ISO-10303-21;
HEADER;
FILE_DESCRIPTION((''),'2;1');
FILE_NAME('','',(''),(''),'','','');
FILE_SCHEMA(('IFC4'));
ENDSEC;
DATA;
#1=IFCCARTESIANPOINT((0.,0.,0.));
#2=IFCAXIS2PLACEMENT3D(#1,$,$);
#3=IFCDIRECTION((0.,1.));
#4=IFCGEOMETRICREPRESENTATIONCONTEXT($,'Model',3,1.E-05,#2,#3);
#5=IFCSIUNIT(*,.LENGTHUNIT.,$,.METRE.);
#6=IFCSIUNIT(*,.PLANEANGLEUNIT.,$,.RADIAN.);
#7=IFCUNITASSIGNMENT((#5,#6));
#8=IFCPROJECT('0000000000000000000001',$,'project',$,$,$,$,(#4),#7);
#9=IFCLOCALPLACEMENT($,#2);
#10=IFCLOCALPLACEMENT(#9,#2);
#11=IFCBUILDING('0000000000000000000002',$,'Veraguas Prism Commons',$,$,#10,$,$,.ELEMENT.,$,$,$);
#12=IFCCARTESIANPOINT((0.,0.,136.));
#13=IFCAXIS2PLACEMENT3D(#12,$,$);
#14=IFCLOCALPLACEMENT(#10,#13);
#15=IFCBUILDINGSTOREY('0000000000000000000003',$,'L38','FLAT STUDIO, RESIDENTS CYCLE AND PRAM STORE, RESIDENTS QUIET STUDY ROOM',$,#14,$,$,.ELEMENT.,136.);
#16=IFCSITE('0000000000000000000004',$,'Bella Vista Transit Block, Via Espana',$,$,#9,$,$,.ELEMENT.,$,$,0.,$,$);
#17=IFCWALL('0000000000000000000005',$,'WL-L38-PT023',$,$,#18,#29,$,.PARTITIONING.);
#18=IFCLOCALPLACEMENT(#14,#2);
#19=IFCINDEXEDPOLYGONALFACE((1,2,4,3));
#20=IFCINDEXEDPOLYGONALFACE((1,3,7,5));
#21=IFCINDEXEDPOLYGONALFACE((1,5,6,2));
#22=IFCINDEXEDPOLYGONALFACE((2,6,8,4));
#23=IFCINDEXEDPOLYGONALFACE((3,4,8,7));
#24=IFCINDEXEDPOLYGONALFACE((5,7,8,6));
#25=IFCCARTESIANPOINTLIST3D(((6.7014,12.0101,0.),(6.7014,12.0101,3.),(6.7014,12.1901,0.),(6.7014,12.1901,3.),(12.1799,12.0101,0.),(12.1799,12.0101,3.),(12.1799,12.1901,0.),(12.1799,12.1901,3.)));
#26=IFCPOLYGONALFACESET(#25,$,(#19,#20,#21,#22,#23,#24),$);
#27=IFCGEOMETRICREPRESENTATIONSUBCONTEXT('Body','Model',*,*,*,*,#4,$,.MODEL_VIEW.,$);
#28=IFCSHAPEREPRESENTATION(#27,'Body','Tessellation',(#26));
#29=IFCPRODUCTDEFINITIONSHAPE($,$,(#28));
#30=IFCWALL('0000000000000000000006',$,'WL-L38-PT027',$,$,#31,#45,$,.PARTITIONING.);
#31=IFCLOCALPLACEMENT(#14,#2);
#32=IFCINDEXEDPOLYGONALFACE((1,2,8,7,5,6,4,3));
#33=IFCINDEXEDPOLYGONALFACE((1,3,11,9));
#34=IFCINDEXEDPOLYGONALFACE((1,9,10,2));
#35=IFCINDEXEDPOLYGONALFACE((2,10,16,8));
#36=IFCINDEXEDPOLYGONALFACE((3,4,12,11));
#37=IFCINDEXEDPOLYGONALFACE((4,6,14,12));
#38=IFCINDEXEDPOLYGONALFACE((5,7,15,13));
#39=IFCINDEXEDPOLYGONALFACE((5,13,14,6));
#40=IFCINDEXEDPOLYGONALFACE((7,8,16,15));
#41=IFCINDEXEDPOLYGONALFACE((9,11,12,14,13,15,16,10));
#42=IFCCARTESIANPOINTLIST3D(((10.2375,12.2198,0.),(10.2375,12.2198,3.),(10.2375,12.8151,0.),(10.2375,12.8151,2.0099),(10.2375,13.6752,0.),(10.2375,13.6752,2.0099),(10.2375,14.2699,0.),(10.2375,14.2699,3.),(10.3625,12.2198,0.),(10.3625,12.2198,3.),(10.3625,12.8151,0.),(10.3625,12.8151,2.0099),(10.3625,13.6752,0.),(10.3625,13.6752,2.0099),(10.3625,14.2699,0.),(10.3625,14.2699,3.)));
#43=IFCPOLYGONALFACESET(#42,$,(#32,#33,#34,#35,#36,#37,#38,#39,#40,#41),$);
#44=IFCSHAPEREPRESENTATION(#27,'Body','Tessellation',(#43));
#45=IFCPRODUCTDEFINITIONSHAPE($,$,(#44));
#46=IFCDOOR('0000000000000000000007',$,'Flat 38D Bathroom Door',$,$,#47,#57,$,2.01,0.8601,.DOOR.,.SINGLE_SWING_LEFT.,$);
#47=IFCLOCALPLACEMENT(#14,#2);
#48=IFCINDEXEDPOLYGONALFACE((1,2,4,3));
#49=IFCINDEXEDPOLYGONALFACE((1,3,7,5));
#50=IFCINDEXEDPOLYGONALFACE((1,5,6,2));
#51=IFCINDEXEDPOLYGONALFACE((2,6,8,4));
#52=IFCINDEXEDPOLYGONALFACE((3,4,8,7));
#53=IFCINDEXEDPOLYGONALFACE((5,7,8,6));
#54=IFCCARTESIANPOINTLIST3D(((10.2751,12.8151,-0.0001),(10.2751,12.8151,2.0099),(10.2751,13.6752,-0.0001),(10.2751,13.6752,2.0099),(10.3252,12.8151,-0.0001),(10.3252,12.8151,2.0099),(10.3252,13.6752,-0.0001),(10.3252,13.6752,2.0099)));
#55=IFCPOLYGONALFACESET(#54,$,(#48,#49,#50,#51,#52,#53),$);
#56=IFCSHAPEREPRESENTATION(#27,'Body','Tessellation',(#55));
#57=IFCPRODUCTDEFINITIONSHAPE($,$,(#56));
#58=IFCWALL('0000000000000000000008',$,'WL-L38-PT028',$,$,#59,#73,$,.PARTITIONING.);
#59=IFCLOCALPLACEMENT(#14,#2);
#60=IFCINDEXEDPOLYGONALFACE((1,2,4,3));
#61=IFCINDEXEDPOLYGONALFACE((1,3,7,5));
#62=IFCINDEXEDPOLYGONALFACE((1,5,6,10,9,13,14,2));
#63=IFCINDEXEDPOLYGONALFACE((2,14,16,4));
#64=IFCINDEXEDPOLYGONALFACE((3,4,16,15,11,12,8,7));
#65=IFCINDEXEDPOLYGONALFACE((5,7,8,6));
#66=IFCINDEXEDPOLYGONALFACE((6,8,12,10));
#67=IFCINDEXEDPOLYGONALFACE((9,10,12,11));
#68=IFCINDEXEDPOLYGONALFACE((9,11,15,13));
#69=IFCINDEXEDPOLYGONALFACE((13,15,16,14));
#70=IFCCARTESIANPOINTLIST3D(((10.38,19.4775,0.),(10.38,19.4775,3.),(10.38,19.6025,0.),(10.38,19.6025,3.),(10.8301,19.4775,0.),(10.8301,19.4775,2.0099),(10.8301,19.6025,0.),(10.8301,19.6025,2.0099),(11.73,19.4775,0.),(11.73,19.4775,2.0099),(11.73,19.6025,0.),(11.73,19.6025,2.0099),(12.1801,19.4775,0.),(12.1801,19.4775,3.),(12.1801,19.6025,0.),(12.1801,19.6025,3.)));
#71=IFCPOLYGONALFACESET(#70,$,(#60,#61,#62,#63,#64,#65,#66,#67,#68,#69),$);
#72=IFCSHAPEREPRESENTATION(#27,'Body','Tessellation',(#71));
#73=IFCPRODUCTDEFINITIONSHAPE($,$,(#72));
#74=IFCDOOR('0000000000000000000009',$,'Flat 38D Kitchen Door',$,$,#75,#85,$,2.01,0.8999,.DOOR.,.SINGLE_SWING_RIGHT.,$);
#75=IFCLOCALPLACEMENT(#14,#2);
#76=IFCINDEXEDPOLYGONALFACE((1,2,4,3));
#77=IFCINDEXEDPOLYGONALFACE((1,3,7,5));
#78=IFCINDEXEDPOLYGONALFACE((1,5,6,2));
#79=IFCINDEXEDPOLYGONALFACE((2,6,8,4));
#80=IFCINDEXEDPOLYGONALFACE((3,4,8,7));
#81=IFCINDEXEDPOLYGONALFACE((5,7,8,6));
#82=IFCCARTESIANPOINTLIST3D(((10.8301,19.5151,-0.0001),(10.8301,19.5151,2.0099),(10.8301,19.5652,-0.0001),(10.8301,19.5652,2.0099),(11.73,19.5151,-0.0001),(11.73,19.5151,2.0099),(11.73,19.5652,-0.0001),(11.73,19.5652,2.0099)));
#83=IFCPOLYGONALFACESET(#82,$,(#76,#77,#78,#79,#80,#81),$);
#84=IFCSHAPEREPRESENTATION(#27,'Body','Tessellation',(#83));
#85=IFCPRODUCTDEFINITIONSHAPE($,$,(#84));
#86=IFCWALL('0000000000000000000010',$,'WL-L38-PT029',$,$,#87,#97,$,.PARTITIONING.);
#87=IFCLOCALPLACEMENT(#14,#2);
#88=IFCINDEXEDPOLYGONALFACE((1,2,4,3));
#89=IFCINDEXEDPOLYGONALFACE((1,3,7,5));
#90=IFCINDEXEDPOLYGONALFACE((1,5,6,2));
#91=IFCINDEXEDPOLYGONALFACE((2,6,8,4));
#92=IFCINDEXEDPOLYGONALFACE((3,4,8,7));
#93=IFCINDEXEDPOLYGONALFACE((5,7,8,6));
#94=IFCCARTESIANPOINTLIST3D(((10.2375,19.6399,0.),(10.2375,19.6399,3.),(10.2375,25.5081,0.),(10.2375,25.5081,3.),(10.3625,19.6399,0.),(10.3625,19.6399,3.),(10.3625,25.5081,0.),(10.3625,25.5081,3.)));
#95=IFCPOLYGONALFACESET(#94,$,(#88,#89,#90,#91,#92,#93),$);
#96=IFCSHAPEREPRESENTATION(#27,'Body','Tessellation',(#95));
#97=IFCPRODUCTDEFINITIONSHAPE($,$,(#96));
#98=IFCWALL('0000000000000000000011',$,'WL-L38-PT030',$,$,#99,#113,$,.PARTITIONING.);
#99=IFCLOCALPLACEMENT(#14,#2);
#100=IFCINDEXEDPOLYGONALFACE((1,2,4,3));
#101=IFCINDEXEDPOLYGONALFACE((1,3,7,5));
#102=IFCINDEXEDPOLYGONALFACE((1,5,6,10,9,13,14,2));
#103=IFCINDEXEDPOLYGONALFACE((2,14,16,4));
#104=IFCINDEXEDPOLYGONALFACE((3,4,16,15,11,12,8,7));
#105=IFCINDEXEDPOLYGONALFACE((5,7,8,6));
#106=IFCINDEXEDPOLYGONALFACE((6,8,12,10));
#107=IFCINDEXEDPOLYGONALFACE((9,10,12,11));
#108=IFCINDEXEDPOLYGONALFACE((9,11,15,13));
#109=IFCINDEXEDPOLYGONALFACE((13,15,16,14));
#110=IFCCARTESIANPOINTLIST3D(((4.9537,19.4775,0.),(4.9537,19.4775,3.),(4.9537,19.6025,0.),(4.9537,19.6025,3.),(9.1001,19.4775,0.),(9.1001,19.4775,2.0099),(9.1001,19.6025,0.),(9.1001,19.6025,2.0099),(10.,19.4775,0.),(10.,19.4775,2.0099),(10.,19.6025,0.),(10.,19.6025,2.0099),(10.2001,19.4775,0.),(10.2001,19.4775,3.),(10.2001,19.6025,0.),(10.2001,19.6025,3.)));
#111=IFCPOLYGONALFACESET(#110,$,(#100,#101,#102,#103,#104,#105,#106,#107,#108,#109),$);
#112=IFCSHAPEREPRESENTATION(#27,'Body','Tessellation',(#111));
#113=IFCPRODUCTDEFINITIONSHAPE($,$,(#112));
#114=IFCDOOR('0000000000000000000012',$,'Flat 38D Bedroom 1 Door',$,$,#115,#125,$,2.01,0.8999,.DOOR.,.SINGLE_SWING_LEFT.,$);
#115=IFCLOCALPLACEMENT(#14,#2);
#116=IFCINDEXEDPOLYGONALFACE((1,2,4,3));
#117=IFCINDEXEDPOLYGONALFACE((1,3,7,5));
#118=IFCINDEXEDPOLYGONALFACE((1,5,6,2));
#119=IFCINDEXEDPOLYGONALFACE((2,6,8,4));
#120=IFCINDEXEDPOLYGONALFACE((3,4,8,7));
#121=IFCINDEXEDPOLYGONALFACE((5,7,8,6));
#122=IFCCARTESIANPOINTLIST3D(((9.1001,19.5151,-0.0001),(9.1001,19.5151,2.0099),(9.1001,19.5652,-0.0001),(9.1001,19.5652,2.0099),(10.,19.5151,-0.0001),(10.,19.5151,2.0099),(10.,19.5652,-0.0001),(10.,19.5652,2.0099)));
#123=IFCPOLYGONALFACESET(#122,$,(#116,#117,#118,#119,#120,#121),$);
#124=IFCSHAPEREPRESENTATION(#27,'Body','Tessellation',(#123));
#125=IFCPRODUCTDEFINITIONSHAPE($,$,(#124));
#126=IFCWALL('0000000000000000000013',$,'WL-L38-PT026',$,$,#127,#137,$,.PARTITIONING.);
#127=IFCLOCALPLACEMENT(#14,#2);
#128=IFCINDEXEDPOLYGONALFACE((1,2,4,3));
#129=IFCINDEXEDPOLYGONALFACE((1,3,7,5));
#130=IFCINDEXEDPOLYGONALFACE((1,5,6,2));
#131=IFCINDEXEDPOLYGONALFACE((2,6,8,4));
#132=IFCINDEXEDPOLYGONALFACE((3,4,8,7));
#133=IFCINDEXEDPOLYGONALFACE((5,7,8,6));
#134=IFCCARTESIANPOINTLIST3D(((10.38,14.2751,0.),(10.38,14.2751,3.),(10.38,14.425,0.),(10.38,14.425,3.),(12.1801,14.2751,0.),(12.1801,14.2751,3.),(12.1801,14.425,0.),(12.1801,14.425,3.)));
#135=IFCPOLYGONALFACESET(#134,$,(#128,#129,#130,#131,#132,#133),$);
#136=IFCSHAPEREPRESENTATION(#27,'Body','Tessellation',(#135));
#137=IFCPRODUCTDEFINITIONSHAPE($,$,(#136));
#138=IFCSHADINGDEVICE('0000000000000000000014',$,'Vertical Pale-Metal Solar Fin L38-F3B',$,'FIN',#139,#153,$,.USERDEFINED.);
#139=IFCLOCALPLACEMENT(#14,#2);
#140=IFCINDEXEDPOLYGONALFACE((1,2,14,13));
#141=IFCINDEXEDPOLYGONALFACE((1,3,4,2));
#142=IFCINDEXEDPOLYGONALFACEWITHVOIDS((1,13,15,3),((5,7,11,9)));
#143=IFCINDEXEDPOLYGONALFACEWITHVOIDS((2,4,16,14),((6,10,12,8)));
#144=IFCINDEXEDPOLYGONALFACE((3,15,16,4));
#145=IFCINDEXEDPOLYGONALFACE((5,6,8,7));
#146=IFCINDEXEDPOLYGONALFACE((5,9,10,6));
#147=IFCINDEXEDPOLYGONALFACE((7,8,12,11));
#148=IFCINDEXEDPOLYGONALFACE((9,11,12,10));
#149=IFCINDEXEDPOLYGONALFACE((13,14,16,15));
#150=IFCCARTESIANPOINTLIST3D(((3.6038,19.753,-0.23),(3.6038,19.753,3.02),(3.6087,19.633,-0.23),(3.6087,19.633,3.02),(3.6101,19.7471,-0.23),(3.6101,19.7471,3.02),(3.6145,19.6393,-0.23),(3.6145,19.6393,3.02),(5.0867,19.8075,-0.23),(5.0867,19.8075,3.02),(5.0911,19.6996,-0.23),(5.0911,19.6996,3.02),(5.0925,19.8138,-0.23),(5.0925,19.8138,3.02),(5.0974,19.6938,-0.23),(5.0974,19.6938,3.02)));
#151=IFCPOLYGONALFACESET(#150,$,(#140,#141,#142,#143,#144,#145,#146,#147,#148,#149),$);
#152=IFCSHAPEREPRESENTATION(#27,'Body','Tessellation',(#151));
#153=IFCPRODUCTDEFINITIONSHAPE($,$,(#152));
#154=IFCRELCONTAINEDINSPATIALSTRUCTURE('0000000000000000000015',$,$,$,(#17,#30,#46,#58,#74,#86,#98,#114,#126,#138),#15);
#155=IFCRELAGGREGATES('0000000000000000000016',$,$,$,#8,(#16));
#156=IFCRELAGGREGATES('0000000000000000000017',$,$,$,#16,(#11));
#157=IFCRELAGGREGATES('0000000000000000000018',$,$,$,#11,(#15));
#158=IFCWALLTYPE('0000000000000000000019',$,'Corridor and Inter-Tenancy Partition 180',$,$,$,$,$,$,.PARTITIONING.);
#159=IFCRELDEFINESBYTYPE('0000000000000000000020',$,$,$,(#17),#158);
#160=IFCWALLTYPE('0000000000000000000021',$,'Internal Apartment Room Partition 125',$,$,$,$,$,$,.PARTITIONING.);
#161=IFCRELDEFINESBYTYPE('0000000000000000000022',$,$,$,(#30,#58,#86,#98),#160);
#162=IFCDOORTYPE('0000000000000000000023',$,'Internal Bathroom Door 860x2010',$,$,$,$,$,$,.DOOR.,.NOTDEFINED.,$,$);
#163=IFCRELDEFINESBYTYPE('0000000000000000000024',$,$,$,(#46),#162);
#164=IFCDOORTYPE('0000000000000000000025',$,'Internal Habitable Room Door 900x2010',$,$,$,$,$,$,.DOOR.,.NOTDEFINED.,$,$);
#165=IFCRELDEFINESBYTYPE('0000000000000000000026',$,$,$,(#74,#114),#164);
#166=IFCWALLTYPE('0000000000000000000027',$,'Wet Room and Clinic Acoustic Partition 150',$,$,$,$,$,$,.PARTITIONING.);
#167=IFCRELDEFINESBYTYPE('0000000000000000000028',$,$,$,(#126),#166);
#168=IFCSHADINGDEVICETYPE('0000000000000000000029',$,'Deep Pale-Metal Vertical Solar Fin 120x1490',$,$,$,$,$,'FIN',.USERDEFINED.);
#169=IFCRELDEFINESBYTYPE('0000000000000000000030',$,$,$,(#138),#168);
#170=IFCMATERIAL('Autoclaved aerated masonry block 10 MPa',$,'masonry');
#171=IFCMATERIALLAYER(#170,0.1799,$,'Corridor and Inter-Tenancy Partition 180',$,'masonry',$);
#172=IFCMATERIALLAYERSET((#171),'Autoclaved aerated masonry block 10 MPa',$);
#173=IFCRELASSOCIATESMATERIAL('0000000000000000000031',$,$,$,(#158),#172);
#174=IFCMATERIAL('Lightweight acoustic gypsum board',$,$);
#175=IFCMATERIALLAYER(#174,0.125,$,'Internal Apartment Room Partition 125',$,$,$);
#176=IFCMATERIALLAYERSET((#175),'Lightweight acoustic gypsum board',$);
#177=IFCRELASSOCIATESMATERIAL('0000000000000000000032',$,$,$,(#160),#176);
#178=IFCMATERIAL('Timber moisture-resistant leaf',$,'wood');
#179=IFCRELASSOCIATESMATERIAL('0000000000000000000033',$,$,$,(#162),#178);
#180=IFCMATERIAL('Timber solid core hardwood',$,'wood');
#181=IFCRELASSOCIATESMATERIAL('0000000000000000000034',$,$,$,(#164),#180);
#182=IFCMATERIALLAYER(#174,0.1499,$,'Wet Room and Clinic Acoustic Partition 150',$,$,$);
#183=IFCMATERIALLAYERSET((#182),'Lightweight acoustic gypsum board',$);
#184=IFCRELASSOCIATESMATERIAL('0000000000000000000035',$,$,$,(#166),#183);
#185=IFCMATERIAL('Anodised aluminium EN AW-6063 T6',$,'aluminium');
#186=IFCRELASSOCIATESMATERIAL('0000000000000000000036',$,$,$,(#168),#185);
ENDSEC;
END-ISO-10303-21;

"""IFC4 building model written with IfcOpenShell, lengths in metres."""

from ifc_helpers import new_model, si_unit, direction, frame, frame_2d, origin, origin_2d, place, context, subcontext, project, spatial, rectangle, hollow_rectangle, extrude, source, transform, mapped, material, layer, layer_set, material_profile, profile_set, type_object, element, fill, save


model = new_model("IFC4")

# Units and contexts
model_context = context("Model", 3, precision=1e-05, world=origin(), true_north=direction((0.0, 1.0)))
body_context = subcontext(model_context, "Body", "Model", "MODEL_VIEW")
ifc_project = project(units=[si_unit("LENGTHUNIT", "METRE"), si_unit("PLANEANGLEUNIT", "RADIAN")], contexts=[model_context])

# Site, building, storey
site_placement = place(None, origin())
site = spatial("IfcSite", under=ifc_project, at=site_placement, Name="Bella Vista Transit Block, Via Espana", CompositionType="ELEMENT", RefElevation=0.0)
building_placement = place(site_placement, origin())
building = spatial("IfcBuilding", under=site, at=building_placement, Name="Veraguas Prism Commons", CompositionType="ELEMENT")
storey_placement = place(building_placement, frame((0.0, 0.0, 136.0)))
storey = spatial("IfcBuildingStorey", under=building, at=storey_placement, Name="L38", Description="FLAT STUDIO, RESIDENTS CYCLE AND PRAM STORE, RESIDENTS QUIET STUDY ROOM", CompositionType="ELEMENT", Elevation=136.0)

# Shared definitions
ifc_material_1 = material(Name="Anodised aluminium EN AW-6063 T6", Category="aluminium")

# Wall
ifc_material_2 = material(Name="Autoclaved aerated masonry block 10 MPa", Category="masonry")
ifc_layer_1 = layer(ifc_material_2, 0.1799, Name="Corridor and Inter-Tenancy Partition 180", Category="masonry")
ifc_layer_set_1 = layer_set([ifc_layer_1], Name="Autoclaved aerated masonry block 10 MPa")
wall_type_1 = type_object("IfcWallType", Name="Corridor and Inter-Tenancy Partition 180", PredefinedType="PARTITIONING", material=ifc_layer_set_1)
wall_1_placement = place(storey_placement, frame((12.1799, 12.1001, 0.0), z_axis=(0.0, 0.0, 1.0), x_axis=(-1.0, 0.0, 0.0)))
element("IfcWall", 1, at=wall_1_placement, inside=storey, type_object=wall_type_1, Name="WL-L38-PT023", PredefinedType="PARTITIONING", context=body_context, shape_type="SweptSolid", body=[
    extrude(rectangle(XDim=5.4785, YDim=0.1799, at=frame_2d((2.7393, 0.0))), origin(), (0.0, 0.0, 1.0), 3.0),
])

# Walls, openings, doors
ifc_material_3 = material(Name="Lightweight acoustic gypsum board")
ifc_layer_2 = layer(ifc_material_3, 0.125, Name="Internal Apartment Room Partition 125")
ifc_layer_set_2 = layer_set([ifc_layer_2], Name="Lightweight acoustic gypsum board")
wall_type_2 = type_object("IfcWallType", Name="Internal Apartment Room Partition 125", PredefinedType="PARTITIONING", material=ifc_layer_set_2)
wall_2_placement = place(storey_placement, frame((10.3, 12.22, 0.0), z_axis=(0.0, 0.0, 1.0), x_axis=(0.0, 1.0, 0.0)))
wall_2 = element("IfcWall", 2, at=wall_2_placement, inside=storey, type_object=wall_type_2, Name="WL-L38-PT027", PredefinedType="PARTITIONING", context=body_context, shape_type="SweptSolid", body=[
    extrude(rectangle(XDim=2.05, YDim=0.125, at=frame_2d((1.0249, 0.0))), origin(), (0.0, 0.0, 1.0), 3.0),
])
opening_1_placement = place(wall_2_placement, frame((0.595, 0.0, 0.0)))
opening_1 = element("IfcOpeningElement", 3, at=opening_1_placement, cuts=wall_2, PredefinedType="OPENING", context=body_context, shape_type="SweptSolid", body=[
    extrude(rectangle(XDim=0.8601, YDim=2.01, at=frame_2d((0.4302, 1.0049))), frame((0.0, 0.0725, 0.0), z_axis=(0.0, -1.0, 0.0), x_axis=(1.0, 0.0, 0.0)), (0.0, 0.0, 1.0), 0.145),
])
ifc_material_4 = material(Name="Timber moisture-resistant leaf", Category="wood")
door_type_1 = type_object("IfcDoorType", Name="Internal Bathroom Door 860x2010", OperationType="NOTDEFINED", PredefinedType="DOOR", material=ifc_material_4)
shared_shape_1 = source(origin(), body_context, "Body", "SweptSolid", [
    extrude(rectangle(XDim=0.8601, YDim=2.01, at=frame_2d((0.4302, 1.0049))), frame((0.0, 0.0249, 0.0), z_axis=(0.0, -1.0, 0.0), x_axis=(1.0, 0.0, 0.0)), (0.0, 0.0, 1.0), 0.05),
])
door_1_placement = place(opening_1_placement, origin())
door_1 = element("IfcDoor", 4, at=door_1_placement, inside=storey, type_object=door_type_1, Name="Flat 38D Bathroom Door", OperationType="SINGLE_SWING_LEFT", OverallHeight=2.01, OverallWidth=0.8601, PredefinedType="DOOR", context=body_context, shape_type="MappedRepresentation", body=[
    mapped(shared_shape_1, transform((0.0, 0.0, 0.0), scale=1.0)),
])
fill(opening_1, door_1)
wall_3_placement = place(storey_placement, frame((12.1799, 19.54, 0.0), z_axis=(0.0, 0.0, 1.0), x_axis=(-1.0, 0.0, 0.0)))
wall_3 = element("IfcWall", 5, at=wall_3_placement, inside=storey, type_object=wall_type_2, Name="WL-L38-PT028", PredefinedType="PARTITIONING", context=body_context, shape_type="SweptSolid", body=[
    extrude(rectangle(XDim=1.8, YDim=0.125, at=frame_2d((0.8999, 0.0))), origin(), (0.0, 0.0, 1.0), 3.0),
])
opening_2_placement = place(wall_3_placement, frame((0.45, 0.0, 0.0)))
opening_2 = element("IfcOpeningElement", 6, at=opening_2_placement, cuts=wall_3, PredefinedType="OPENING", context=body_context, shape_type="SweptSolid", body=[
    extrude(rectangle(XDim=0.8999, YDim=2.01, at=frame_2d((0.45, 1.0049))), frame((0.0, 0.0725, 0.0), z_axis=(0.0, -1.0, 0.0), x_axis=(1.0, 0.0, 0.0)), (0.0, 0.0, 1.0), 0.145),
])
ifc_material_5 = material(Name="Timber solid core hardwood", Category="wood")
door_type_2 = type_object("IfcDoorType", Name="Internal Habitable Room Door 900x2010", OperationType="NOTDEFINED", PredefinedType="DOOR", material=ifc_material_5)
shared_shape_2 = source(origin(), body_context, "Body", "SweptSolid", [
    extrude(rectangle(XDim=0.8999, YDim=2.01, at=frame_2d((0.45, 1.0049))), frame((0.0, 0.0249, 0.0), z_axis=(0.0, -1.0, 0.0), x_axis=(1.0, 0.0, 0.0)), (0.0, 0.0, 1.0), 0.05),
])
door_2_placement = place(opening_2_placement, origin())
door_2 = element("IfcDoor", 7, at=door_2_placement, inside=storey, type_object=door_type_2, Name="Flat 38D Kitchen Door", OperationType="SINGLE_SWING_RIGHT", OverallHeight=2.01, OverallWidth=0.8999, PredefinedType="DOOR", context=body_context, shape_type="MappedRepresentation", body=[
    mapped(shared_shape_2, transform((0.0, 0.0, 0.0), scale=1.0)),
])
fill(opening_2, door_2)

# Wall
wall_4_placement = place(storey_placement, frame((10.3, 19.6399, 0.0), z_axis=(0.0, 0.0, 1.0), x_axis=(0.0, 1.0, 0.0)))
element("IfcWall", 8, at=wall_4_placement, inside=storey, type_object=wall_type_2, Name="WL-L38-PT029", PredefinedType="PARTITIONING", context=body_context, shape_type="SweptSolid", body=[
    extrude(rectangle(XDim=5.8682, YDim=0.125, at=frame_2d((2.9341, 0.0))), origin(), (0.0, 0.0, 1.0), 3.0),
])

# Wall, opening, door
wall_5_placement = place(storey_placement, frame((10.2, 19.54, 0.0), z_axis=(0.0, 0.0, 1.0), x_axis=(-1.0, 0.0, 0.0)))
wall_5 = element("IfcWall", 9, at=wall_5_placement, inside=storey, type_object=wall_type_2, Name="WL-L38-PT030", PredefinedType="PARTITIONING", context=body_context, shape_type="SweptSolid", body=[
    extrude(rectangle(XDim=5.2463, YDim=0.125, at=frame_2d((2.623, 0.0))), origin(), (0.0, 0.0, 1.0), 3.0),
])
opening_3_placement = place(wall_5_placement, frame((0.2, 0.0, 0.0)))
opening_3 = element("IfcOpeningElement", 10, at=opening_3_placement, cuts=wall_5, PredefinedType="OPENING", context=body_context, shape_type="SweptSolid", body=[
    extrude(rectangle(XDim=0.8999, YDim=2.01, at=frame_2d((0.45, 1.0049))), frame((0.0, 0.0725, 0.0), z_axis=(0.0, -1.0, 0.0), x_axis=(1.0, 0.0, 0.0)), (0.0, 0.0, 1.0), 0.145),
])
door_3_placement = place(opening_3_placement, origin())
door_3 = element("IfcDoor", 11, at=door_3_placement, inside=storey, type_object=door_type_2, Name="Flat 38D Bedroom 1 Door", OperationType="SINGLE_SWING_LEFT", OverallHeight=2.01, OverallWidth=0.8999, PredefinedType="DOOR", context=body_context, shape_type="MappedRepresentation", body=[
    mapped(shared_shape_2, transform((0.0, 0.0, 0.0), scale=1.0)),
])
fill(opening_3, door_3)

# Wall
ifc_layer_3 = layer(ifc_material_3, 0.1499, Name="Wet Room and Clinic Acoustic Partition 150")
ifc_layer_set_3 = layer_set([ifc_layer_3], Name="Lightweight acoustic gypsum board")
wall_type_3 = type_object("IfcWallType", Name="Wet Room and Clinic Acoustic Partition 150", PredefinedType="PARTITIONING", material=ifc_layer_set_3)
wall_6_placement = place(storey_placement, frame((12.1799, 14.3501, 0.0), z_axis=(0.0, 0.0, 1.0), x_axis=(-1.0, 0.0, 0.0)))
element("IfcWall", 12, at=wall_6_placement, inside=storey, type_object=wall_type_3, Name="WL-L38-PT026", PredefinedType="PARTITIONING", context=body_context, shape_type="SweptSolid", body=[
    extrude(rectangle(XDim=1.8, YDim=0.1499, at=frame_2d((0.8999, 0.0))), origin(), (0.0, 0.0, 1.0), 3.0),
])

# Shading device
ifc_material_profile_1 = material_profile(ifc_material_1, hollow_rectangle(XDim=0.1201, YDim=1.49, WallThickness=0.0061, at=origin_2d()), Name="FIN120X1490X6")
ifc_profile_set_1 = profile_set([ifc_material_profile_1], Name="Anodised aluminium EN AW-6063 T6")
shading_device_type = type_object("IfcShadingDeviceType", Name="Deep Pale-Metal Vertical Solar Fin 120x1490", ElementType="FIN", PredefinedType="USERDEFINED", material=ifc_profile_set_1)
shading_device_placement = place(storey_placement, frame((4.3506, 19.7234, -0.23), z_axis=(0.0, 0.0, 1.0), x_axis=(0.040831, -0.999166, 0.0)))
element("IfcShadingDevice", 13, at=shading_device_placement, inside=storey, type_object=shading_device_type, Name="Vertical Pale-Metal Solar Fin L38-F3B", ObjectType="FIN", PredefinedType="USERDEFINED", context=body_context, shape_type="SweptSolid", body=[
    extrude(hollow_rectangle(XDim=0.1201, YDim=1.49, WallThickness=0.0061, at=origin_2d()), origin(), (0.0, 0.0, 1.0), 3.25),
])

save(model, "model.ifc")
